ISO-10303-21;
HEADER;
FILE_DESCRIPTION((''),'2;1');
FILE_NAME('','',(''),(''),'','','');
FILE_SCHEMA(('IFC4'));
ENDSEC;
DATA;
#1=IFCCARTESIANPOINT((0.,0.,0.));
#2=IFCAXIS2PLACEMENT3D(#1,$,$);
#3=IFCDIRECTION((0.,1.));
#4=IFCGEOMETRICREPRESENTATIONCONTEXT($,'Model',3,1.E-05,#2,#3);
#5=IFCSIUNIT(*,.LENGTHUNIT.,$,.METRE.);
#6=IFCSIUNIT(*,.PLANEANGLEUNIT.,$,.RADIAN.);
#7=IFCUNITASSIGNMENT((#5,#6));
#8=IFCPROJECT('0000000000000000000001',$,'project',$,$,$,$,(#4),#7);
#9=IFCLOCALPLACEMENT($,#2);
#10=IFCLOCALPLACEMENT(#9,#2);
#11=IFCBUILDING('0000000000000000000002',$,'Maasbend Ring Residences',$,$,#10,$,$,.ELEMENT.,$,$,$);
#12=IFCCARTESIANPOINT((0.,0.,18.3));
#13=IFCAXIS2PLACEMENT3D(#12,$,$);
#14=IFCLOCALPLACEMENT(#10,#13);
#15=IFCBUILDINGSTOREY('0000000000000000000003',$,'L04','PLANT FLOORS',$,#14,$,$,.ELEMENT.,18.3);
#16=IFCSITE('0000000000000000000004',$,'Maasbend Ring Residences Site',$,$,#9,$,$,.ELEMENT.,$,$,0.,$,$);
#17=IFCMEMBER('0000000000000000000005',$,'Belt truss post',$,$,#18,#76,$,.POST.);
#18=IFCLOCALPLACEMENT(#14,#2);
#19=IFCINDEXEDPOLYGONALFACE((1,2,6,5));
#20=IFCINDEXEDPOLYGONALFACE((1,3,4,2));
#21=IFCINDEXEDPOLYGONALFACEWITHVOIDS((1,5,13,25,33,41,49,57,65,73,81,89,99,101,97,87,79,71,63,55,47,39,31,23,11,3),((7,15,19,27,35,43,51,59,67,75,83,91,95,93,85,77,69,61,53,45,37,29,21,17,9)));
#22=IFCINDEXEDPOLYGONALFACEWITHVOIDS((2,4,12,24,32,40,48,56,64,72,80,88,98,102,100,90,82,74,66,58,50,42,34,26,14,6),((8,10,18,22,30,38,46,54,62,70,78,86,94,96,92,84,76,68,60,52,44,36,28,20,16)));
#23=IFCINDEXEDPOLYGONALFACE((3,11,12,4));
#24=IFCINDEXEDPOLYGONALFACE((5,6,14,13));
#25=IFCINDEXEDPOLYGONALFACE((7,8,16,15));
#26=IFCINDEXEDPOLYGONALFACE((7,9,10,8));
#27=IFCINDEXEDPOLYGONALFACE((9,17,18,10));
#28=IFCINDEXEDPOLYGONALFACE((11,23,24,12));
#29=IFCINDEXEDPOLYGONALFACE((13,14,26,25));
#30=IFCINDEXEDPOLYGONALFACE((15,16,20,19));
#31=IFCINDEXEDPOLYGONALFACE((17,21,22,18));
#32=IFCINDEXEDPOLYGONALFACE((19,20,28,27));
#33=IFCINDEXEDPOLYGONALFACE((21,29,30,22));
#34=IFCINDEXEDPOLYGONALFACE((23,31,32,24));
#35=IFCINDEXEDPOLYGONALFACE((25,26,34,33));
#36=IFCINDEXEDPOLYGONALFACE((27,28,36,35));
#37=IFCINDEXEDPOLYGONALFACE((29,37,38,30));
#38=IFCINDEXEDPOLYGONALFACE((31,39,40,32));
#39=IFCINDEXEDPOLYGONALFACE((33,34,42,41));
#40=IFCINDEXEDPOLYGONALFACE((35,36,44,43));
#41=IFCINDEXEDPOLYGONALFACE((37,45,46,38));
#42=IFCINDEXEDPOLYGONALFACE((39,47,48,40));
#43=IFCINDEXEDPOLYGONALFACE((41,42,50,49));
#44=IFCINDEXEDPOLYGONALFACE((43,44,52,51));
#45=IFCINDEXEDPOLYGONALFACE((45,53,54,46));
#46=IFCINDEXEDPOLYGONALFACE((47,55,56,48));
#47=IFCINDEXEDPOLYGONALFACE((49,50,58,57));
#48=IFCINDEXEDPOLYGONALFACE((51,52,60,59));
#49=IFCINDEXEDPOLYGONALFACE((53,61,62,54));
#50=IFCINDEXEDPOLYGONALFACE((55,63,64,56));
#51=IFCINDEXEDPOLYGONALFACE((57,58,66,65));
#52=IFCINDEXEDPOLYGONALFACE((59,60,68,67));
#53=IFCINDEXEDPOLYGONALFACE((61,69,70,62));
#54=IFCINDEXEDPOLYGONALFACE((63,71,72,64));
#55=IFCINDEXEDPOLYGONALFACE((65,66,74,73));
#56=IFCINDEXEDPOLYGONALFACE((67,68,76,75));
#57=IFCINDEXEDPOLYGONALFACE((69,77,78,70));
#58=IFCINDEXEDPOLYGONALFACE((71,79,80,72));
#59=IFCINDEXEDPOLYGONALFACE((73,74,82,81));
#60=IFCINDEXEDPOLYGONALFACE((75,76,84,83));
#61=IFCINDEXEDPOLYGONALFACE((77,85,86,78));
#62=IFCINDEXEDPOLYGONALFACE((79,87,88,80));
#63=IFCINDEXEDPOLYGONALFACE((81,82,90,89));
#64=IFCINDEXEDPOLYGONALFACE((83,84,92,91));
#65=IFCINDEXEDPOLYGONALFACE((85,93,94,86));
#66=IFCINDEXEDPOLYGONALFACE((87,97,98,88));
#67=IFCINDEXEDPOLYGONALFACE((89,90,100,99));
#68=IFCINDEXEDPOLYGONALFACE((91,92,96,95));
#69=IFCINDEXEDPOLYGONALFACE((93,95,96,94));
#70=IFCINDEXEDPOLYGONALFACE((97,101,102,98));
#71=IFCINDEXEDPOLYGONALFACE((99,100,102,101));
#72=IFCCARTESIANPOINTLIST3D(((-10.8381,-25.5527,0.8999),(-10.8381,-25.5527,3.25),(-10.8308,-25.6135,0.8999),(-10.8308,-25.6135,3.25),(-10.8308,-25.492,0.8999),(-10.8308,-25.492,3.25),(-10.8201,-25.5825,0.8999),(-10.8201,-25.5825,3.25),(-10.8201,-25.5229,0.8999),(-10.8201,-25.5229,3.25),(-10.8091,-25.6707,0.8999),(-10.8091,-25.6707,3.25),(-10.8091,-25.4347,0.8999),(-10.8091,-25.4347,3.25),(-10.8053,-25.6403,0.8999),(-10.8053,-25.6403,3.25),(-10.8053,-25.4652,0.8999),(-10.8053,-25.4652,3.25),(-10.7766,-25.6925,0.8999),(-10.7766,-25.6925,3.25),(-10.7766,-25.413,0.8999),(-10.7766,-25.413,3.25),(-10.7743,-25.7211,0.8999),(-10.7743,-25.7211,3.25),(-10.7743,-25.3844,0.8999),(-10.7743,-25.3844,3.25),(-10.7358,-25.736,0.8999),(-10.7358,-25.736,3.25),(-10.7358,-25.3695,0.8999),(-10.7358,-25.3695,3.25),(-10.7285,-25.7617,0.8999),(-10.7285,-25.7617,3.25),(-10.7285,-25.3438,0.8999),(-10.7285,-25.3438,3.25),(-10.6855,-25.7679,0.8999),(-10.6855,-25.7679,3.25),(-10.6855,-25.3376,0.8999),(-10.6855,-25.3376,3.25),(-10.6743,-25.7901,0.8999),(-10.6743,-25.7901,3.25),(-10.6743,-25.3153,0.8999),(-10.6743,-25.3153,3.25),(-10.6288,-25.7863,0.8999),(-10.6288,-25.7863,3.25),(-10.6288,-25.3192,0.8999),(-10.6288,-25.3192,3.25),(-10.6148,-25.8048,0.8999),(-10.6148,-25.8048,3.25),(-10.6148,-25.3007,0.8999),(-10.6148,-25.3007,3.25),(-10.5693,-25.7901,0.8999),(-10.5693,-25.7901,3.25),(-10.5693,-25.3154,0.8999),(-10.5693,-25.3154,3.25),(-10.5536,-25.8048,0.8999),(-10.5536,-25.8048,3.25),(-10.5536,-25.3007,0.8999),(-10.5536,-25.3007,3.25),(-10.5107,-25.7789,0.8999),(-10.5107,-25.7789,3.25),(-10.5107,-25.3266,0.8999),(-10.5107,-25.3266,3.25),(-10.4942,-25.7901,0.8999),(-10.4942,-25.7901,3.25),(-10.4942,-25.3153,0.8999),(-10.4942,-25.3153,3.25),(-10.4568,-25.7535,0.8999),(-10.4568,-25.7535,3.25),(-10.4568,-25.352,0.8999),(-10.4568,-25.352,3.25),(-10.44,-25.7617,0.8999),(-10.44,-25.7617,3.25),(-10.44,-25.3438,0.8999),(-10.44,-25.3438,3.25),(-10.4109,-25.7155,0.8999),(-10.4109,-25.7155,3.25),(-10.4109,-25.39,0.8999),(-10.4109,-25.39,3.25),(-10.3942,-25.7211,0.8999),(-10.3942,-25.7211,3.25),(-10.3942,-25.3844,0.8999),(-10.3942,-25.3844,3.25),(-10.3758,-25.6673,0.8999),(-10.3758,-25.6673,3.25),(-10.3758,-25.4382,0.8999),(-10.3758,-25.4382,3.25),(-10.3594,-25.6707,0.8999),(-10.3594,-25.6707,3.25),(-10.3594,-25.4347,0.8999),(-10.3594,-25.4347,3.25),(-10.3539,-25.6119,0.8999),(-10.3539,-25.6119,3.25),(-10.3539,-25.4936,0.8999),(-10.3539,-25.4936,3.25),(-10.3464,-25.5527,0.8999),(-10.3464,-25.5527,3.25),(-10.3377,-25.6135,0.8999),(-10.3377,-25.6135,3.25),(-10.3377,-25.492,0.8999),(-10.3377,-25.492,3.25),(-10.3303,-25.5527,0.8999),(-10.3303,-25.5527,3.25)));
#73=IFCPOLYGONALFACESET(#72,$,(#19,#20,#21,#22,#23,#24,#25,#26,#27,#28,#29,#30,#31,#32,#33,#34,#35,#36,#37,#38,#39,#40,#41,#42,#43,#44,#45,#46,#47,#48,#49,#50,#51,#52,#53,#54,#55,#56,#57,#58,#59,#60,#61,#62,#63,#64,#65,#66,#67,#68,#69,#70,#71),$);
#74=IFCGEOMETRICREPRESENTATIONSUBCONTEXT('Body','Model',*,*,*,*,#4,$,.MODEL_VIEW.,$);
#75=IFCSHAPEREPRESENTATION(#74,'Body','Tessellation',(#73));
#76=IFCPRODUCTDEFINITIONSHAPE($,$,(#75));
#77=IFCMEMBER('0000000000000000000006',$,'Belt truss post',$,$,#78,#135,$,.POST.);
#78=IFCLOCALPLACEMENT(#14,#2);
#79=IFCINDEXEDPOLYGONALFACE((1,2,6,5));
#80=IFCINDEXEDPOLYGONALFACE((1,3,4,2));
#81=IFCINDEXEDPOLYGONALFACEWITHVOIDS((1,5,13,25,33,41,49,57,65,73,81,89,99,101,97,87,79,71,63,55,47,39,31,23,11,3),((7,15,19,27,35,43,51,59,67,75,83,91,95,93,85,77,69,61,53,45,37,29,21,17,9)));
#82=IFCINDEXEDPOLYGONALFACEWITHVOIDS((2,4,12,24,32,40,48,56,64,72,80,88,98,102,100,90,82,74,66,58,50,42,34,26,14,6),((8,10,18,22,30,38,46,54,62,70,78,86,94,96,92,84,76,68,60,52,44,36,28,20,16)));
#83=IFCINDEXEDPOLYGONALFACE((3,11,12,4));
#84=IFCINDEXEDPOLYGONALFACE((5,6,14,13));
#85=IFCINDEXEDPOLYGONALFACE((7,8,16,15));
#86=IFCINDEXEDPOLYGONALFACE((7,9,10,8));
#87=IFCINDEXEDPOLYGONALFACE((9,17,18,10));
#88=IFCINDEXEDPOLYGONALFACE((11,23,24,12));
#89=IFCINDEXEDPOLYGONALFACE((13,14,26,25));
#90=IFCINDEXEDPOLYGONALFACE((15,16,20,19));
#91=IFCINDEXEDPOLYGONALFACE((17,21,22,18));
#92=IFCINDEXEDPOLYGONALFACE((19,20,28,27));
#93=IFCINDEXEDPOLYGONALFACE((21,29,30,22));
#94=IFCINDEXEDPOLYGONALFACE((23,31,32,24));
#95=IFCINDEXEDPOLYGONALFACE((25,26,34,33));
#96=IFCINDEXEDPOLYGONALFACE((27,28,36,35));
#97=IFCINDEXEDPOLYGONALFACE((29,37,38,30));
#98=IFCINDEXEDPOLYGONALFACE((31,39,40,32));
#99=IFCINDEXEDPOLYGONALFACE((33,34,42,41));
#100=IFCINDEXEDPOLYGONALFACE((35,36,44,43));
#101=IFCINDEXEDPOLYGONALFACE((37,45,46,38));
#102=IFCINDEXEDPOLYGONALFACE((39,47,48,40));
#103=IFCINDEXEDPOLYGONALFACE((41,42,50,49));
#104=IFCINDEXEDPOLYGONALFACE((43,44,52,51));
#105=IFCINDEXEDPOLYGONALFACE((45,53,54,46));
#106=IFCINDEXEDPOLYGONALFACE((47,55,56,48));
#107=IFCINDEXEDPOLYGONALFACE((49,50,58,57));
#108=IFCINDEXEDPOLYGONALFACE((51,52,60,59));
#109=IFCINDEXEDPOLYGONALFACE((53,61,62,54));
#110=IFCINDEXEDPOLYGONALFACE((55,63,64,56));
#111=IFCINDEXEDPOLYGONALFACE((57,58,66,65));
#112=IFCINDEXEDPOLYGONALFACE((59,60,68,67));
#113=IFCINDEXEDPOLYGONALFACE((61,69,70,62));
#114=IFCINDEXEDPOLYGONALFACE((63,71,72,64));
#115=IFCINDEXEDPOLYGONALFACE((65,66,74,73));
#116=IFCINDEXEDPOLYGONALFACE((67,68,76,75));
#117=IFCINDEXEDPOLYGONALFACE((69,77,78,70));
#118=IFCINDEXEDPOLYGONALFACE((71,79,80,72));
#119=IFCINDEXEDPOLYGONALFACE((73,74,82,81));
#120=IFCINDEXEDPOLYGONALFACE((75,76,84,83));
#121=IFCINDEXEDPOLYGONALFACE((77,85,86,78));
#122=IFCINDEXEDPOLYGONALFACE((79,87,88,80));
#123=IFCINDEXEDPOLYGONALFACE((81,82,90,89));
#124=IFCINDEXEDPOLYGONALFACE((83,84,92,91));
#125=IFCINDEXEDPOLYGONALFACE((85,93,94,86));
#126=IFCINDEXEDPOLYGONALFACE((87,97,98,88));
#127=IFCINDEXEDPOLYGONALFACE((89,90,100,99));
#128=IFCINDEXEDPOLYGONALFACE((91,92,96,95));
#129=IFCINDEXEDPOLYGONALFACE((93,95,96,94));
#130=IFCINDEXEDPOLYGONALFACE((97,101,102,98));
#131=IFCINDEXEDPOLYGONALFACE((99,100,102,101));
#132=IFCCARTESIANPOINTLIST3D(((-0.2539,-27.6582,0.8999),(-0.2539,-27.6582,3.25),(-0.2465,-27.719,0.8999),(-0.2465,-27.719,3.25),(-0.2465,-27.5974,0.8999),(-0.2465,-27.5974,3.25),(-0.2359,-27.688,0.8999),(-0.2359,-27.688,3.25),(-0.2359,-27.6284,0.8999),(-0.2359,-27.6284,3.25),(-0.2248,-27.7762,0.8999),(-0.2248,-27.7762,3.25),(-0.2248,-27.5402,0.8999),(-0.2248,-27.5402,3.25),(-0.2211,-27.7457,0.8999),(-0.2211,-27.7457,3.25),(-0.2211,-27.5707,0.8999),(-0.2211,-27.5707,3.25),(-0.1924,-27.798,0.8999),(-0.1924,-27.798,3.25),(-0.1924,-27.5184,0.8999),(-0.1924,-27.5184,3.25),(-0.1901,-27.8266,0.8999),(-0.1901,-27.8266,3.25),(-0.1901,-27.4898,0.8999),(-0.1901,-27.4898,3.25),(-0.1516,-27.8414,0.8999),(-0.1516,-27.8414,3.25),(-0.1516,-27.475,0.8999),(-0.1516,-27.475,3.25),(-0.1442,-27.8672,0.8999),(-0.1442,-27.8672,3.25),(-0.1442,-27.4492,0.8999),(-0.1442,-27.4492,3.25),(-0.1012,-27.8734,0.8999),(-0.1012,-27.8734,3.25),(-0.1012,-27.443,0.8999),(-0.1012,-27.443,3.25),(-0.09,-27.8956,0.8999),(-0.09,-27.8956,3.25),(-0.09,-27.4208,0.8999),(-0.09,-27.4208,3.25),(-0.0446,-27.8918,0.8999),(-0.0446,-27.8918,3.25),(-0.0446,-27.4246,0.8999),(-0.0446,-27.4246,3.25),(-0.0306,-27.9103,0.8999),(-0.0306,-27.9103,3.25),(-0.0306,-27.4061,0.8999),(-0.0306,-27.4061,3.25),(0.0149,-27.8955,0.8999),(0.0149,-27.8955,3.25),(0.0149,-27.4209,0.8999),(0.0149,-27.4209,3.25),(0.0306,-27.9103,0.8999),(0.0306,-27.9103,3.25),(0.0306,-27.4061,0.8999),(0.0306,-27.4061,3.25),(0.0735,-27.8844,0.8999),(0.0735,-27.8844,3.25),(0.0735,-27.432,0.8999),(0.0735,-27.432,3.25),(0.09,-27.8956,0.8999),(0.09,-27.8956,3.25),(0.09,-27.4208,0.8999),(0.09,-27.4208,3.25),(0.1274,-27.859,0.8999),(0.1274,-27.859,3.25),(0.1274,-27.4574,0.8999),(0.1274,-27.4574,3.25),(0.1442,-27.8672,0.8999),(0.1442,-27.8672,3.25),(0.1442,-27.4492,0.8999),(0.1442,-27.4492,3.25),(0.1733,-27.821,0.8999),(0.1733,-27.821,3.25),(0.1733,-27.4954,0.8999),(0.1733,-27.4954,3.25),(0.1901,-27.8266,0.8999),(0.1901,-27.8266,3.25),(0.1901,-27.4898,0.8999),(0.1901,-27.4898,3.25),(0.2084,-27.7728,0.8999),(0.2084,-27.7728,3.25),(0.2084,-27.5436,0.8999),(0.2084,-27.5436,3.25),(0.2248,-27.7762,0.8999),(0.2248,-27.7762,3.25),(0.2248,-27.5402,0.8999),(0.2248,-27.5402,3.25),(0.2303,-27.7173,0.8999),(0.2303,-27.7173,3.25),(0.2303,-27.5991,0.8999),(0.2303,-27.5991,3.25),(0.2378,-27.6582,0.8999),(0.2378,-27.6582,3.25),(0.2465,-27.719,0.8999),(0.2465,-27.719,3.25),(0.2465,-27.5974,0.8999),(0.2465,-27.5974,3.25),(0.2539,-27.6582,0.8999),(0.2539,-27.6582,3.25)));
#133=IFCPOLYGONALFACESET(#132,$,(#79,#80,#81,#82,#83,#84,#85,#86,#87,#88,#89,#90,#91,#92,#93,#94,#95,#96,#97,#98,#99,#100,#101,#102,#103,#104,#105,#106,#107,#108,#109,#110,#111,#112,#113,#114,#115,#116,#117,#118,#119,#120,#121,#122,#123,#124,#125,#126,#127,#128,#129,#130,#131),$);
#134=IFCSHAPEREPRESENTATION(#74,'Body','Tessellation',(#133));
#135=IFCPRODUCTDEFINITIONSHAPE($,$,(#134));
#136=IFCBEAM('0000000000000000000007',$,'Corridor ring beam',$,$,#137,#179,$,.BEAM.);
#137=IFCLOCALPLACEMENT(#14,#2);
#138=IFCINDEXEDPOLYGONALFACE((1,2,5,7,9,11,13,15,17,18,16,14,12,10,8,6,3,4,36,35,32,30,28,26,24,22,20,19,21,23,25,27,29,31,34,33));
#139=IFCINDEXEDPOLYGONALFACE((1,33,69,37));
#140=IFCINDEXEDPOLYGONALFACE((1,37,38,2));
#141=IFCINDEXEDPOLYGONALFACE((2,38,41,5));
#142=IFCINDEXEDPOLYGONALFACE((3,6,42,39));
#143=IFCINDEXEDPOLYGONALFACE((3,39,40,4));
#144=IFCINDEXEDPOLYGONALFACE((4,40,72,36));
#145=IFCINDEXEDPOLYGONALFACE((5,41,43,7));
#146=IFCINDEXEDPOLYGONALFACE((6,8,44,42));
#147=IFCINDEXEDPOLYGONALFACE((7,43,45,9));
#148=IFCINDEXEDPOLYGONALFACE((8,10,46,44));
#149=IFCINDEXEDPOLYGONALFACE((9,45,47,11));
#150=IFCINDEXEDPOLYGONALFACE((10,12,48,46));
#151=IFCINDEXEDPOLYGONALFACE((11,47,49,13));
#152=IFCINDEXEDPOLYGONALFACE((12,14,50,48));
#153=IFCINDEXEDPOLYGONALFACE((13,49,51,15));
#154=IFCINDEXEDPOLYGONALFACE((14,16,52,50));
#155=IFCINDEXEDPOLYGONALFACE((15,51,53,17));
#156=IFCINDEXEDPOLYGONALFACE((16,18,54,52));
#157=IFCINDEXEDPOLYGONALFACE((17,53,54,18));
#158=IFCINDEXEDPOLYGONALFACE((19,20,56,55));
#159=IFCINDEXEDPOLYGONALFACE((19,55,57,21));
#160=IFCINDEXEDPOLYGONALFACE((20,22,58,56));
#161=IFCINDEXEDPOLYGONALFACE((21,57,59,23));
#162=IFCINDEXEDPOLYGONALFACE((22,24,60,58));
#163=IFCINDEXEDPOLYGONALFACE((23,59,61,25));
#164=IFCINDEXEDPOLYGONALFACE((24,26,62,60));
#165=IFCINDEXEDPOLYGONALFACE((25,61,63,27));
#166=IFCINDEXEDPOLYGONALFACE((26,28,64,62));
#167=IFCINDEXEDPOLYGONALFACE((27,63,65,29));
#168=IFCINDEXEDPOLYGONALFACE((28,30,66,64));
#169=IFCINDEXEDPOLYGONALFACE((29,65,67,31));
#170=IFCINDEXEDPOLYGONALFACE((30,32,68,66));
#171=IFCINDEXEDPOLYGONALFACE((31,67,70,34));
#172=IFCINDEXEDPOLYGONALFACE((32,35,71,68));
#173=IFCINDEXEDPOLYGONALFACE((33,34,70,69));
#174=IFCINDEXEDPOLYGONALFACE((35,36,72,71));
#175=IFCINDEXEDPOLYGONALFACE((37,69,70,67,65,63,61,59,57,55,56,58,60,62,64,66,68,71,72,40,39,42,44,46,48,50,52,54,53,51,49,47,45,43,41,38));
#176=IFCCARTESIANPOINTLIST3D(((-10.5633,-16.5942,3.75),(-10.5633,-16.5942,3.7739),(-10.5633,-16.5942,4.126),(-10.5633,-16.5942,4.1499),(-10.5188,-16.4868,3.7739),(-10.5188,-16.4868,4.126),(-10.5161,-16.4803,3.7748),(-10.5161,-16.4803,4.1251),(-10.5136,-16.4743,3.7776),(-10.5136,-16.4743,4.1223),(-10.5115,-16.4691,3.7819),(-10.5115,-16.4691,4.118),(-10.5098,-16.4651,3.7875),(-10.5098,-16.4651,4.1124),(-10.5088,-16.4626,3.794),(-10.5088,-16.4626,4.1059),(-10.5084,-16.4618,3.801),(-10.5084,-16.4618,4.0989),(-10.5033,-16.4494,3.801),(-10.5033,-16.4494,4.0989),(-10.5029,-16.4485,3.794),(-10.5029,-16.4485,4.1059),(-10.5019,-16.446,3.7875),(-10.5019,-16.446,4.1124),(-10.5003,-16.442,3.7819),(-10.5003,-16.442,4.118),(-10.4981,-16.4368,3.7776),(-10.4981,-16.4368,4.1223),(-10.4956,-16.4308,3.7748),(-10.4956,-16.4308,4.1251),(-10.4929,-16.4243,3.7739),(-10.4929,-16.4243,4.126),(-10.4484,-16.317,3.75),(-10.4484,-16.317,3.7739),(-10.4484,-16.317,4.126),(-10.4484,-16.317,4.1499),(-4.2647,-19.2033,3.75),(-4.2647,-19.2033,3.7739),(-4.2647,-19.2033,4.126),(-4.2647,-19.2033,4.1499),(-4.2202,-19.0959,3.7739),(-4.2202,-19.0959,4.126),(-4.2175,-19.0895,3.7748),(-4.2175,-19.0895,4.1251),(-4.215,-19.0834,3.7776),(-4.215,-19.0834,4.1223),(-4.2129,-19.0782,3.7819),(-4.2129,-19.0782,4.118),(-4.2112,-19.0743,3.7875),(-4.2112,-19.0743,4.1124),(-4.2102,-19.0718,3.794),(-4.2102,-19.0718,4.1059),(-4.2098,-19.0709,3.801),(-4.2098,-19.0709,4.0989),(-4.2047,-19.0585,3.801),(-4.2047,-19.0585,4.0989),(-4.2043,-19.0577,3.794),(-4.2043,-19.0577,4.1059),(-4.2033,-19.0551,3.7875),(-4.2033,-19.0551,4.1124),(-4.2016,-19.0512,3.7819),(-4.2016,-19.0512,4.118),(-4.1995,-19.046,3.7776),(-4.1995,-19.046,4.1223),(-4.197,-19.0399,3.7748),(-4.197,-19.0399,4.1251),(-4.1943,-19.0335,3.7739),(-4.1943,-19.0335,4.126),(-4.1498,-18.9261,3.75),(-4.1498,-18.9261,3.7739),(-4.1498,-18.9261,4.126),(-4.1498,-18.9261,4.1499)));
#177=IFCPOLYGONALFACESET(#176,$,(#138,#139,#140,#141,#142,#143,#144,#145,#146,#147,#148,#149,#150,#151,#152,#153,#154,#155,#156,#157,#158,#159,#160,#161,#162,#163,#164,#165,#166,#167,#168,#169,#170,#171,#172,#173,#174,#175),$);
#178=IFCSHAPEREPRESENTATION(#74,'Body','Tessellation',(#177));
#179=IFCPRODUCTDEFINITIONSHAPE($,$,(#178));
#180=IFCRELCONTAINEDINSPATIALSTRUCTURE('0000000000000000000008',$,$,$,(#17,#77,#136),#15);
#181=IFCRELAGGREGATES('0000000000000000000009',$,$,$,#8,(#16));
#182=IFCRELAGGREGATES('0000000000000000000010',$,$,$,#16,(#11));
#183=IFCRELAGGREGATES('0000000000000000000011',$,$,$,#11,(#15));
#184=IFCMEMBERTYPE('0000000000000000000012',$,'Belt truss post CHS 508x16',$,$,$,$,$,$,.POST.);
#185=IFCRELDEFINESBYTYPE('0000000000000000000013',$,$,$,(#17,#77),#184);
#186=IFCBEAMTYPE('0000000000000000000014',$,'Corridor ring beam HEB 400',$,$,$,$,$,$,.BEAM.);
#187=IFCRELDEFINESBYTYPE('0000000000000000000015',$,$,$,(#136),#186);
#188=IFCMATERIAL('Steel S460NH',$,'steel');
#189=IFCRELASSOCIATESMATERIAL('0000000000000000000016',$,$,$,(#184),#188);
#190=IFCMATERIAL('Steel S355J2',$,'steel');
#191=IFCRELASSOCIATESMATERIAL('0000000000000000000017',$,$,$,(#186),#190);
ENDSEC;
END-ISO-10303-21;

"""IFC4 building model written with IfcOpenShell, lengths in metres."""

from ifc_helpers import new_model, si_unit, direction, frame, origin, origin_2d, place, context, subcontext, project, spatial, hollow_circle, i_section, extrude, material, material_profile, profile_set, type_object, element, save


model = new_model("IFC4")

# Units and contexts
model_context = context("Model", 3, precision=1e-05, world=origin(), true_north=direction((0.0, 1.0)))
body_context = subcontext(model_context, "Body", "Model", "MODEL_VIEW")
ifc_project = project(units=[si_unit("LENGTHUNIT", "METRE"), si_unit("PLANEANGLEUNIT", "RADIAN")], contexts=[model_context])

# Site, building, storey
site_placement = place(None, origin())
site = spatial("IfcSite", under=ifc_project, at=site_placement, Name="Maasbend Ring Residences Site", CompositionType="ELEMENT", RefElevation=0.0)
building_placement = place(site_placement, origin())
building = spatial("IfcBuilding", under=site, at=building_placement, Name="Maasbend Ring Residences", CompositionType="ELEMENT")
storey_placement = place(building_placement, frame((0.0, 0.0, 18.3)))
storey = spatial("IfcBuildingStorey", under=building, at=storey_placement, Name="L04", Description="PLANT FLOORS", CompositionType="ELEMENT", Elevation=18.3)

# Members
ifc_material_1 = material(Name="Steel S460NH", Category="steel")
ifc_material_profile_1 = material_profile(ifc_material_1, hollow_circle(Radius=0.2539, WallThickness=0.0161, at=origin_2d()), Name="Belt truss post CHS 508x16")
ifc_profile_set_1 = profile_set([ifc_material_profile_1], Name="Steel S460NH")
member_type_1 = type_object("IfcMemberType", Name="Belt truss post CHS 508x16", PredefinedType="POST", material=ifc_profile_set_1)
for number, where, z_axis, x_axis, name in (
    (1, (-10.5842, -25.5527, 0.8999), (0.0, 0.0, 1.0), (1.0, 0.0, 0.0), "Belt truss post"),
    (2, (0.0, -27.6582, 0.8999), (0.0, 0.0, 1.0), (1.0, 0.0, 0.0), "Belt truss post"),
):
    element("IfcMember", number, at=place(storey_placement, frame(where, z_axis=z_axis, x_axis=x_axis)), inside=storey, type_object=member_type_1, Name=name, PredefinedType="POST", context=body_context, shape_type="SweptSolid", body=[
        extrude(hollow_circle(Radius=0.2539, WallThickness=0.0161, at=origin_2d()), origin(), (0.0, 0.0, 1.0), 2.3501),
    ])

# Beam
ifc_material_2 = material(Name="Steel S355J2", Category="steel")
ifc_material_profile_2 = material_profile(ifc_material_2, i_section(OverallWidth=0.3, OverallDepth=0.3999, WebThickness=0.0134, FlangeThickness=0.0239, FilletRadius=0.0271, at=origin_2d()), Name="HEB 400")
ifc_profile_set_2 = profile_set([ifc_material_profile_2], Name="Steel S355J2")
beam_type_1 = type_object("IfcBeamType", Name="Corridor ring beam HEB 400", PredefinedType="BEAM", material=ifc_profile_set_2)
beam_1_placement = place(storey_placement, frame((-10.5059, -16.4556, 3.95), z_axis=(0.923871, -0.382705, 0.0), x_axis=(0.382705, 0.923871, 0.0)))
element("IfcBeam", 3, at=beam_1_placement, inside=storey, type_object=beam_type_1, Name="Corridor ring beam", PredefinedType="BEAM", context=body_context, shape_type="SweptSolid", body=[
    extrude(i_section(OverallWidth=0.3, OverallDepth=0.3999, WebThickness=0.0134, FlangeThickness=0.0239, FilletRadius=0.0271, at=origin_2d()), origin(), (0.0, 0.0, 1.0), 6.8176),
])

save(model, "model.ifc")
